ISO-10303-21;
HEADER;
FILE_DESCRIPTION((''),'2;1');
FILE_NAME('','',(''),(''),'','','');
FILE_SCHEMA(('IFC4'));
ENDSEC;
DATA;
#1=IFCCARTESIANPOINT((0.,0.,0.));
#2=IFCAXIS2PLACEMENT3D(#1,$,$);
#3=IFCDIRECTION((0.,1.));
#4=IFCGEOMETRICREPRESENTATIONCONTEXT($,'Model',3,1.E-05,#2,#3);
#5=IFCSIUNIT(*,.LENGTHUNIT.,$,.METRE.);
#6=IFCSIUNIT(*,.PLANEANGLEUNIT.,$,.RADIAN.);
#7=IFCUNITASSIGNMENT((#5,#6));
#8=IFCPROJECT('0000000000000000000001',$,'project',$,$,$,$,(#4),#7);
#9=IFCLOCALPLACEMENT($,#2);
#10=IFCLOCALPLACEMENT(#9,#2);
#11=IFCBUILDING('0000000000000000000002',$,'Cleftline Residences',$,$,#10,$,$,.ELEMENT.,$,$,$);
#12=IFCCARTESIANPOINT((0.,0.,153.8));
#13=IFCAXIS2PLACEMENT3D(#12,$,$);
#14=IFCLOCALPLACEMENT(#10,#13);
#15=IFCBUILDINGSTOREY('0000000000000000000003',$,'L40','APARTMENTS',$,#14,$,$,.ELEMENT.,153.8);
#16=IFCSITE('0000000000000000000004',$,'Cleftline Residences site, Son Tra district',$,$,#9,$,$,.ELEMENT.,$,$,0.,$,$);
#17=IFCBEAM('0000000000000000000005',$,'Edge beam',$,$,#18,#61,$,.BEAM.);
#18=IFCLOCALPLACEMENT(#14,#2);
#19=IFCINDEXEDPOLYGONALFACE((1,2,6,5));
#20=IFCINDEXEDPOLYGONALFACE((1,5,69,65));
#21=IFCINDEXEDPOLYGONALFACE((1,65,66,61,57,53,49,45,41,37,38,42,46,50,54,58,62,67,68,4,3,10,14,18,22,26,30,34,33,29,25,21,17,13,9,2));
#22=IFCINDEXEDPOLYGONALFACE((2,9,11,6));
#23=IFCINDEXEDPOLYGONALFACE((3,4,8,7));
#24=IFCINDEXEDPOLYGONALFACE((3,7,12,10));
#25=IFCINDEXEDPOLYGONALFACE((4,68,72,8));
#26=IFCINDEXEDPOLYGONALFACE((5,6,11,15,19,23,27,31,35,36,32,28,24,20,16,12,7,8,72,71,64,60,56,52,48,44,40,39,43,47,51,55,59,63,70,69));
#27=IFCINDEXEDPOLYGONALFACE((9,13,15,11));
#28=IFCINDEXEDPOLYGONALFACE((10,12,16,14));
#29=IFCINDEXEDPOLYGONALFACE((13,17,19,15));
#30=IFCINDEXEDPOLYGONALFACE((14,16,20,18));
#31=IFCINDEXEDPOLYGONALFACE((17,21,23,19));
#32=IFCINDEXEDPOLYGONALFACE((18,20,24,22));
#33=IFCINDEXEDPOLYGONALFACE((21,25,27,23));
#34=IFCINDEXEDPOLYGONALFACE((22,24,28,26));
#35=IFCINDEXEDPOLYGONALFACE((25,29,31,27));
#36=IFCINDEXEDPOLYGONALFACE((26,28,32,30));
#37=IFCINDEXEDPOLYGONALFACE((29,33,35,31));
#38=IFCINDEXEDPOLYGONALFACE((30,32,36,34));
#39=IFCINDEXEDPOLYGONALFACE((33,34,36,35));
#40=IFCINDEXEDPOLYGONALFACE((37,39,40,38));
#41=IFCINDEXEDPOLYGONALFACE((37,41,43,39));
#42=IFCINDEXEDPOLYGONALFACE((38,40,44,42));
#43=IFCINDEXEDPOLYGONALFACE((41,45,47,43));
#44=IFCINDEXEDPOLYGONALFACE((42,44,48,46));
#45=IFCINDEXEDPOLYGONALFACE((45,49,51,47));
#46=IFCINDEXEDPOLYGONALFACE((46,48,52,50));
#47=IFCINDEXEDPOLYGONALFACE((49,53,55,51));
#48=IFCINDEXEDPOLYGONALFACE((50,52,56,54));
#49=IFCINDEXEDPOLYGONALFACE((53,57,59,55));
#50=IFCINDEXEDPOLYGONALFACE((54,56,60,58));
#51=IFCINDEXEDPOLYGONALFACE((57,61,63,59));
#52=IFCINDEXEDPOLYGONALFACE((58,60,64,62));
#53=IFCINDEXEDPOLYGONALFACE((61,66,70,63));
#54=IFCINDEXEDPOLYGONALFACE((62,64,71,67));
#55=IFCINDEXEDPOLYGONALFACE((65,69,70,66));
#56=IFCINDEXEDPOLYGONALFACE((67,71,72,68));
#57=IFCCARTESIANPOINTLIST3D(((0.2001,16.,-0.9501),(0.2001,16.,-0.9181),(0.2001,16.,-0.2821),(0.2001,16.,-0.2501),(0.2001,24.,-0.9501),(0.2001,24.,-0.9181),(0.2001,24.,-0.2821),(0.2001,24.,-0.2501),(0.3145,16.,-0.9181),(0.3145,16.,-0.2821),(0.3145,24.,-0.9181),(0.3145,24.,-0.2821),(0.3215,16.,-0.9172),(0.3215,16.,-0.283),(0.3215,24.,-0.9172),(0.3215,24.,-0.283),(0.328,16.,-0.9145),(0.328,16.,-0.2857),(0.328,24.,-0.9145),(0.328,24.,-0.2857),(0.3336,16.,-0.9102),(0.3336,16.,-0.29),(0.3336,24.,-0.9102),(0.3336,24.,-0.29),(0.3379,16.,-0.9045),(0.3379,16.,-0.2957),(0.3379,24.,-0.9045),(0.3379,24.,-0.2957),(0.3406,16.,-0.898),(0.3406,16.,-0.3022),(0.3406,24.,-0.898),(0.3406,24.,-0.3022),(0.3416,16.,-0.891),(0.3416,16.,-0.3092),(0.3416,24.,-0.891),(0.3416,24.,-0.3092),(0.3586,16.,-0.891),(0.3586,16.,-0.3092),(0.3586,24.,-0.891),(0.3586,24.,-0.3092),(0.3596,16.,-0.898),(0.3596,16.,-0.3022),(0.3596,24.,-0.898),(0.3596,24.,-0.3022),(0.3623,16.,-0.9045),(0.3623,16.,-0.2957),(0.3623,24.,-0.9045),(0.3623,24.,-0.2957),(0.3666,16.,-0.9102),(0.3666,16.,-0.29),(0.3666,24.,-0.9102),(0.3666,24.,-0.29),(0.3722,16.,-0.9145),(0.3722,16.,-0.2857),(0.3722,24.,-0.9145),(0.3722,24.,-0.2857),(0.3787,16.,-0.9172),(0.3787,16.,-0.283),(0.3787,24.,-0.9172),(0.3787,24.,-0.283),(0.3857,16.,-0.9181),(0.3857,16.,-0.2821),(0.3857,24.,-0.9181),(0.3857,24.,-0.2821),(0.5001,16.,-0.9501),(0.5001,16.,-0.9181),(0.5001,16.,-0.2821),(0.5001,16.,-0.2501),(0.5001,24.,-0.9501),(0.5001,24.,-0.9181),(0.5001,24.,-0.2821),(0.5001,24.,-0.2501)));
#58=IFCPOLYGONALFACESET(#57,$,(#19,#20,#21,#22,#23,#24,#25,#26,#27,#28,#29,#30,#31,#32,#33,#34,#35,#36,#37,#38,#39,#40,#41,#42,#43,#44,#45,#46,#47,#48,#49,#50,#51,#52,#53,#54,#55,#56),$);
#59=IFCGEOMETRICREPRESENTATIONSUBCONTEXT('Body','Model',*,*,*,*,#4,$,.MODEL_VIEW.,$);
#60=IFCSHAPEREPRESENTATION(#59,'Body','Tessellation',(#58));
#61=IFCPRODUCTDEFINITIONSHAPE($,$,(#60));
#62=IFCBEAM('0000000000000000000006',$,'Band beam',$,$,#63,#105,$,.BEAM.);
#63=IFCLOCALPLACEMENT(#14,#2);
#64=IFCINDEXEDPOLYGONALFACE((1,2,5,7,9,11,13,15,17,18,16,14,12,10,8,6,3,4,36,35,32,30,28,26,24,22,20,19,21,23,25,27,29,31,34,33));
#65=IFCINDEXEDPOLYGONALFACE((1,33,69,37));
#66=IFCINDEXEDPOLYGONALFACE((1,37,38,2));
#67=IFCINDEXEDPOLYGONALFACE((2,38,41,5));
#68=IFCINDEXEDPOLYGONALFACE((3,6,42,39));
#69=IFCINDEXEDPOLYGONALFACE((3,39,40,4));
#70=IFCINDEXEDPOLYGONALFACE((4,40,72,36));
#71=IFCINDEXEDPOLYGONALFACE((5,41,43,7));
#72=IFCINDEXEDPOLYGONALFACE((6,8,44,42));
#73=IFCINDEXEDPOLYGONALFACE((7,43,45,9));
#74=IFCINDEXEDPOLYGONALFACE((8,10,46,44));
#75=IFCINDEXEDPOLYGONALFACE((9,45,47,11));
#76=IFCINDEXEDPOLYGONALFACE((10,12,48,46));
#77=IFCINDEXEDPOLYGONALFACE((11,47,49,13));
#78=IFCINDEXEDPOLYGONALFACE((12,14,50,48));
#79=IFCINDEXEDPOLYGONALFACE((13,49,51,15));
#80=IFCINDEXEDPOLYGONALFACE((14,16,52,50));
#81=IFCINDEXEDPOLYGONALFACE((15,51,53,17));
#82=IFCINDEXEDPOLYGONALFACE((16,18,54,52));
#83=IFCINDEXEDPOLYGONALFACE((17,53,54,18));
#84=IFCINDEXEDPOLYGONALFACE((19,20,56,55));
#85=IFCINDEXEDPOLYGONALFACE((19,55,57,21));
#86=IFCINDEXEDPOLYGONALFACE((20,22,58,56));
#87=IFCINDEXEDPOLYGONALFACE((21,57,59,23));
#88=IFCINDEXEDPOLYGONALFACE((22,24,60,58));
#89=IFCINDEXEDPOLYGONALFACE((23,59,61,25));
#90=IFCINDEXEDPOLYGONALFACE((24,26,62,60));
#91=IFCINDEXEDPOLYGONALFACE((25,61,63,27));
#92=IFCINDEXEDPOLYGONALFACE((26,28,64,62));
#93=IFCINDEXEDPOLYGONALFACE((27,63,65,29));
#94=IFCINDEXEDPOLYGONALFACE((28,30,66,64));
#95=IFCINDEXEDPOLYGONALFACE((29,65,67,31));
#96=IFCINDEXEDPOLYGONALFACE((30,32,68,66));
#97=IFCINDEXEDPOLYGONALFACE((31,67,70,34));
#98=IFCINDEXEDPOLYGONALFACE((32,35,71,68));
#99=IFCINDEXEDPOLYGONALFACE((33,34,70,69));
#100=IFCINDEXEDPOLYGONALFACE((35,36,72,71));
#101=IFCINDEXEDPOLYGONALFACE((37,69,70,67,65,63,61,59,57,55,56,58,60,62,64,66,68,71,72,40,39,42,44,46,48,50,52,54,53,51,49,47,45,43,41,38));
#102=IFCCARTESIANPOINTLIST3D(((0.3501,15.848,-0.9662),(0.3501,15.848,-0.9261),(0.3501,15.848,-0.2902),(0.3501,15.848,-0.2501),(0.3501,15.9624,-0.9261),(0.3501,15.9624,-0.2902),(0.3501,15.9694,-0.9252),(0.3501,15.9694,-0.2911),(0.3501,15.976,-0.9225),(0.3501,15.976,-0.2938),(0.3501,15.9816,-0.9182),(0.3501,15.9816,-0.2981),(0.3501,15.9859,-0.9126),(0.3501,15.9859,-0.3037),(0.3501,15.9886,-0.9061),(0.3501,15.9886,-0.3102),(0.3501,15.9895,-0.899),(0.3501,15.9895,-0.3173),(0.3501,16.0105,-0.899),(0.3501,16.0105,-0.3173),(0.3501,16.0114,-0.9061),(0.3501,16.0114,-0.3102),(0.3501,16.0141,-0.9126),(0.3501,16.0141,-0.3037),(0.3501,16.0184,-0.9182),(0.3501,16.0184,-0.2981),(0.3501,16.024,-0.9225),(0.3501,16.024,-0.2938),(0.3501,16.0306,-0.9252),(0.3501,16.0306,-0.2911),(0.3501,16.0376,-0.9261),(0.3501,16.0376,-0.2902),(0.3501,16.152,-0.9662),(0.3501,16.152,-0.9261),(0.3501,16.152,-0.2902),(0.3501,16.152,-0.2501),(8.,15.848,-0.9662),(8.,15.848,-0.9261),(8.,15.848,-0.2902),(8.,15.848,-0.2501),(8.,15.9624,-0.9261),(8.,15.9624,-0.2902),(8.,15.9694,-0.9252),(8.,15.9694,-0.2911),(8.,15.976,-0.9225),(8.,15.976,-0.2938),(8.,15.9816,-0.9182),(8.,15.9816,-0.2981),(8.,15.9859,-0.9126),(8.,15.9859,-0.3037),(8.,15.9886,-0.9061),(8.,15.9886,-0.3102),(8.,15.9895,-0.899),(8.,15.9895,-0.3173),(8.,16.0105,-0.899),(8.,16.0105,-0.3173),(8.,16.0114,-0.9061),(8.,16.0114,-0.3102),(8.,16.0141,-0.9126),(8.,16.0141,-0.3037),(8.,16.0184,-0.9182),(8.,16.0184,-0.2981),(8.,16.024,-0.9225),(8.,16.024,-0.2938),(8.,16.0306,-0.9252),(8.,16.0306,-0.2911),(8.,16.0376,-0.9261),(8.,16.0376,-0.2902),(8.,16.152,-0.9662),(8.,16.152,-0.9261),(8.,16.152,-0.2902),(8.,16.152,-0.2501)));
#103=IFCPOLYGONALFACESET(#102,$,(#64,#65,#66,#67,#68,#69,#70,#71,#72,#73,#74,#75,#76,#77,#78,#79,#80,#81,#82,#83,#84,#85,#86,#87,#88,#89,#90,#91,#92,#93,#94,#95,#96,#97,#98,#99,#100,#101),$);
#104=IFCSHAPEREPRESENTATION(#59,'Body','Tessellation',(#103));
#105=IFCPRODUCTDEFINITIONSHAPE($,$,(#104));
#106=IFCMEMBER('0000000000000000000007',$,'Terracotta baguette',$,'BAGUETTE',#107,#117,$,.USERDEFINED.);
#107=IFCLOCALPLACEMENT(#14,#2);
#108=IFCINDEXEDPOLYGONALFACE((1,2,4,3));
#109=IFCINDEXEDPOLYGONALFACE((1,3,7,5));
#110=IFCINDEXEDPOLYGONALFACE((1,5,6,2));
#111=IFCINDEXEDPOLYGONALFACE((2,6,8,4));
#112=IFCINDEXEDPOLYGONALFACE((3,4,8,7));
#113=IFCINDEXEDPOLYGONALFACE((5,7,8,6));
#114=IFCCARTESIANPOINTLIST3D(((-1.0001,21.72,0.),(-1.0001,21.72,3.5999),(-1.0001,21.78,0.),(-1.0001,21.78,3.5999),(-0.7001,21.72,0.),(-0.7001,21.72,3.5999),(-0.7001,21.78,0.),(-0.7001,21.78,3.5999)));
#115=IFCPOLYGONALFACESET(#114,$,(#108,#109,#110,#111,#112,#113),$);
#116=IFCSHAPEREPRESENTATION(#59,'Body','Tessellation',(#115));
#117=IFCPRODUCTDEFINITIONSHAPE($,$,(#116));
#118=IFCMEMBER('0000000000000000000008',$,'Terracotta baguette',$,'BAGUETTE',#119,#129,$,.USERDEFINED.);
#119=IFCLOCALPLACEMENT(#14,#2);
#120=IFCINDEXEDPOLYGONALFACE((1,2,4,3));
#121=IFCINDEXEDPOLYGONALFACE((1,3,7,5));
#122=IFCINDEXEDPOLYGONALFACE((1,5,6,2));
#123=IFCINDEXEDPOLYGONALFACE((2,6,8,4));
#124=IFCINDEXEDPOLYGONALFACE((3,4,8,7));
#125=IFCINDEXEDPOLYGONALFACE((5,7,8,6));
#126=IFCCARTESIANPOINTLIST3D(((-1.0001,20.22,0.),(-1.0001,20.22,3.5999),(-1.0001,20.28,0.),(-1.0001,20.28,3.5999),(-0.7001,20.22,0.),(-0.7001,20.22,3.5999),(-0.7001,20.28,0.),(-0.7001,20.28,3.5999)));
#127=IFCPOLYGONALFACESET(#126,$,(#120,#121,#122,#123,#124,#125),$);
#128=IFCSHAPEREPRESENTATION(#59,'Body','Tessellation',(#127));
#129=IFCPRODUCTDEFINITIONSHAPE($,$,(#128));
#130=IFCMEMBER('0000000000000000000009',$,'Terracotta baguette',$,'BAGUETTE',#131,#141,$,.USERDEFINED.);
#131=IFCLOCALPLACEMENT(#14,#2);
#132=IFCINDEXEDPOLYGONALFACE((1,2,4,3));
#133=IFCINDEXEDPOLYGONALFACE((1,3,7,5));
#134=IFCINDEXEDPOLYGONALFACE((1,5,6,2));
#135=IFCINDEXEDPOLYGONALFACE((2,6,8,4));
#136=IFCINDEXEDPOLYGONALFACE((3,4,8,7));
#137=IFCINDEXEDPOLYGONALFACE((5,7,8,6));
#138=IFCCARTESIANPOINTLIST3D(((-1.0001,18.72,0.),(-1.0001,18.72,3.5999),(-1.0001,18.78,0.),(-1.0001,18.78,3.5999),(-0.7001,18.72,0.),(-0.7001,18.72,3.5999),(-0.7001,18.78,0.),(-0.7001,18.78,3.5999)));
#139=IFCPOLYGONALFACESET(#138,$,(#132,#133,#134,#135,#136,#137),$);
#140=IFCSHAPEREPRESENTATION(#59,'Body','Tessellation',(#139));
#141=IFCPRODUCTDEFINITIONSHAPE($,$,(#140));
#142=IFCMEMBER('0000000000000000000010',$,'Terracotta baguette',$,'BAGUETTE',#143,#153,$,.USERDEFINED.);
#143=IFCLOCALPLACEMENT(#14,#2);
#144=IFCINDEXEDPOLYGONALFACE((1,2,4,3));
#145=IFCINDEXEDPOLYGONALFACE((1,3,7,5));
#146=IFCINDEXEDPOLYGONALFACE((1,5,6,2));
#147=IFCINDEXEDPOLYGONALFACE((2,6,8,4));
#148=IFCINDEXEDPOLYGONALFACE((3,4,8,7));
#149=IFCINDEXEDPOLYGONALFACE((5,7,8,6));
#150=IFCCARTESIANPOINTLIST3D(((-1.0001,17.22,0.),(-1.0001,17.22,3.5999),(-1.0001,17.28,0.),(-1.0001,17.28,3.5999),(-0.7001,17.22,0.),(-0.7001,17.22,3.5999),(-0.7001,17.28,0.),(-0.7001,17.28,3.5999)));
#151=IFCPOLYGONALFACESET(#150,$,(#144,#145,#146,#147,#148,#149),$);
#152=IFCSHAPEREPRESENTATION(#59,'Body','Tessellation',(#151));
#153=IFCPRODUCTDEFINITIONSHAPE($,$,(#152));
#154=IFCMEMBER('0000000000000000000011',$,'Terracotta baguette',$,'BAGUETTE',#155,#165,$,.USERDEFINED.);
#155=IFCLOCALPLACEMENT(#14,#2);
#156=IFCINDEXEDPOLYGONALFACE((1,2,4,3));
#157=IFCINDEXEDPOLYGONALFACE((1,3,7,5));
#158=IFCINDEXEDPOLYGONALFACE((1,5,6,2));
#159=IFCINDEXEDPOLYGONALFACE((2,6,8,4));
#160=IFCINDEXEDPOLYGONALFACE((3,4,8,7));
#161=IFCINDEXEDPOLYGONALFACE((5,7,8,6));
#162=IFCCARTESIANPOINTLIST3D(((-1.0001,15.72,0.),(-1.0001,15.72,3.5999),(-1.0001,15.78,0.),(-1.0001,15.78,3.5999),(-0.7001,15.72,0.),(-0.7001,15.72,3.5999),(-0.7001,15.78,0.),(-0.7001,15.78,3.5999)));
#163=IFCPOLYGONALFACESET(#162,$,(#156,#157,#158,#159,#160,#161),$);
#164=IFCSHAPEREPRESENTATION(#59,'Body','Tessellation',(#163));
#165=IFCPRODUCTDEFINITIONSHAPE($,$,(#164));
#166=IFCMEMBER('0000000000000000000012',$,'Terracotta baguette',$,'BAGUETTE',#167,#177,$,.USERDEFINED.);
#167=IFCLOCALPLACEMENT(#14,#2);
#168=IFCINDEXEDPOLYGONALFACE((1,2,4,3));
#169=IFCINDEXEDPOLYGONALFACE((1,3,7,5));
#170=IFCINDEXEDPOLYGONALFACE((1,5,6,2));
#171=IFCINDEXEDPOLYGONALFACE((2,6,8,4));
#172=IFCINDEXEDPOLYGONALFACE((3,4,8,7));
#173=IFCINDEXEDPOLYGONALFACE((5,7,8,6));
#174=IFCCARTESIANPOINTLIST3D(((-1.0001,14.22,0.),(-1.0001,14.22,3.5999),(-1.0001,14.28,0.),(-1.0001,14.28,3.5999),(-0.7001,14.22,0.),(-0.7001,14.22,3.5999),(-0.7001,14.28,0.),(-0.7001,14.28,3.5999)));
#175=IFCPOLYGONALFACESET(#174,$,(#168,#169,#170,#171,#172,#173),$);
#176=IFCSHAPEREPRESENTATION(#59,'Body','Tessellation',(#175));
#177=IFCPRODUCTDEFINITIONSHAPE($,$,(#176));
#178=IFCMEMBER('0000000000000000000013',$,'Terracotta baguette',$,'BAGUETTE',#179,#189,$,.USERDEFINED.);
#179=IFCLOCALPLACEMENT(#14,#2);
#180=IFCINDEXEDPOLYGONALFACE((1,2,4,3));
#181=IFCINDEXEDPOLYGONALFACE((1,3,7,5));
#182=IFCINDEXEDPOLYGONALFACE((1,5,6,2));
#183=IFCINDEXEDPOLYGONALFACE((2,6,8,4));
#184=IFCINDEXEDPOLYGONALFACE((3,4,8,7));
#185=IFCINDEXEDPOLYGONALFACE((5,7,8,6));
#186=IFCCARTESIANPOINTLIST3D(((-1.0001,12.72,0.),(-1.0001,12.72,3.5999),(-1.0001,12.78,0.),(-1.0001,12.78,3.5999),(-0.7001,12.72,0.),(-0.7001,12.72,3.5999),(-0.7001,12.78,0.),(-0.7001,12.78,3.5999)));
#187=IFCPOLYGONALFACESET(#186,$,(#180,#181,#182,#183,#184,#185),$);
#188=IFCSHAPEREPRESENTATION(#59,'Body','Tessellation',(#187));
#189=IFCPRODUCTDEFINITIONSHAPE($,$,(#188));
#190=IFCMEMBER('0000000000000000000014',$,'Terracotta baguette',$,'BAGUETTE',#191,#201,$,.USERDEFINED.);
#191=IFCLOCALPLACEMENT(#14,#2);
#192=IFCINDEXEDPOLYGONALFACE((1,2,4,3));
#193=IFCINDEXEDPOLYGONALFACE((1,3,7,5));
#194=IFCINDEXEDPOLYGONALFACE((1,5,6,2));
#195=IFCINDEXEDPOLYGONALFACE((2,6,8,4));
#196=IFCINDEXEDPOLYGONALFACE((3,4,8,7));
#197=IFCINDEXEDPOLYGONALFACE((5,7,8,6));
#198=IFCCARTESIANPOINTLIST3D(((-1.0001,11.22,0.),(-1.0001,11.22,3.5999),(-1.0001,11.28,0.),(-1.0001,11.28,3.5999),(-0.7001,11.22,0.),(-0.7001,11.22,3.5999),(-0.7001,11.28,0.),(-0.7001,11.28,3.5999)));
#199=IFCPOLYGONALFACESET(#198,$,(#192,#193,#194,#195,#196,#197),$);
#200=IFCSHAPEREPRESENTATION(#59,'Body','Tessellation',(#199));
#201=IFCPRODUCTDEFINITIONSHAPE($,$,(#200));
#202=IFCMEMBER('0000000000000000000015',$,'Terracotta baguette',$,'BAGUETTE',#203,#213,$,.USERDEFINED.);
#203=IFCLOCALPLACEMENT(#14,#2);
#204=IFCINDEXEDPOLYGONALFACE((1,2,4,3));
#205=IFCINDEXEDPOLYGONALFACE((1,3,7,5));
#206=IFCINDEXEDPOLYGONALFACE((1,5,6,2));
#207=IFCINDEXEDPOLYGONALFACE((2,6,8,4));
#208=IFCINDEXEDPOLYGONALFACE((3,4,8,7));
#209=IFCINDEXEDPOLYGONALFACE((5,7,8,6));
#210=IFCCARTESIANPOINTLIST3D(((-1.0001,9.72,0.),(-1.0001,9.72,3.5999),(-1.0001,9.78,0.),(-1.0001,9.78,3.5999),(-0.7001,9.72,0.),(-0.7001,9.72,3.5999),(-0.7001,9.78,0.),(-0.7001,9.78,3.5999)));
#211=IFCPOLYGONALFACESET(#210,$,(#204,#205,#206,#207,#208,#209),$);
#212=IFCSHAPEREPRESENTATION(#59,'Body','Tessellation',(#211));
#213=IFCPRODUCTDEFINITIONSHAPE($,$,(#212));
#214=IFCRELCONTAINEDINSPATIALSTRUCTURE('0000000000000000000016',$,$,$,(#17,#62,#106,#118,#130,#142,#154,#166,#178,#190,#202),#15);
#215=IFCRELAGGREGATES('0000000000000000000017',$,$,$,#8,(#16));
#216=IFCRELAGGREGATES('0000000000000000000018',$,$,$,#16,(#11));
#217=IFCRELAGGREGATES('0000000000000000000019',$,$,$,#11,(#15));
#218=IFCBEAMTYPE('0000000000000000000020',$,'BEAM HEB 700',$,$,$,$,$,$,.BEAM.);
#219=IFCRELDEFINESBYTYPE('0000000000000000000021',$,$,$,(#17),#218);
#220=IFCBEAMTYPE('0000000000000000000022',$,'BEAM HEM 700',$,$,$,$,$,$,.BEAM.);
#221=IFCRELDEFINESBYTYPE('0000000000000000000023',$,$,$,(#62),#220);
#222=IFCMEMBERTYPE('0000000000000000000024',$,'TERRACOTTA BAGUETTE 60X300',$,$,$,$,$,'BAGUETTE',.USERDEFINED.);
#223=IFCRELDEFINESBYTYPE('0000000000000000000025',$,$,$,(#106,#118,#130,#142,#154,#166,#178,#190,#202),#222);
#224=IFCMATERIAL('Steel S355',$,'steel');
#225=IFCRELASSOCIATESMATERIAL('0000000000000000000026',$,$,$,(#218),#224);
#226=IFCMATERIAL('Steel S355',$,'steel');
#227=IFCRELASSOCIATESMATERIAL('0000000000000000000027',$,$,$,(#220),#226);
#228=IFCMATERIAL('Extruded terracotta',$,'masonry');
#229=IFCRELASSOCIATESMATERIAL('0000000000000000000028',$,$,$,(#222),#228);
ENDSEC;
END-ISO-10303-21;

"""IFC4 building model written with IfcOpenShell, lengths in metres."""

from ifc_helpers import new_model, si_unit, direction, frame, origin, origin_2d, place, context, subcontext, project, spatial, rectangle, i_section, extrude, material, material_profile, profile_set, type_object, element, save


model = new_model("IFC4")

# Units and contexts
model_context = context("Model", 3, precision=1e-05, world=origin(), true_north=direction((0.0, 1.0)))
body_context = subcontext(model_context, "Body", "Model", "MODEL_VIEW")
ifc_project = project(units=[si_unit("LENGTHUNIT", "METRE"), si_unit("PLANEANGLEUNIT", "RADIAN")], contexts=[model_context])

# Site, building, storey
site_placement = place(None, origin())
site = spatial("IfcSite", under=ifc_project, at=site_placement, Name="Cleftline Residences site, Son Tra district", CompositionType="ELEMENT", RefElevation=0.0)
building_placement = place(site_placement, origin())
building = spatial("IfcBuilding", under=site, at=building_placement, Name="Cleftline Residences", CompositionType="ELEMENT")
storey_placement = place(building_placement, frame((0.0, 0.0, 153.8)))
storey = spatial("IfcBuildingStorey", under=building, at=storey_placement, Name="L40", Description="APARTMENTS", CompositionType="ELEMENT", Elevation=153.8)

# Beams
ifc_material_1 = material(Name="Steel S355", Category="steel")
ifc_material_profile_1 = material_profile(ifc_material_1, i_section(OverallWidth=0.3, OverallDepth=0.7, WebThickness=0.0171, FlangeThickness=0.032, FilletRadius=0.0271, at=origin_2d()))
ifc_profile_set_1 = profile_set([ifc_material_profile_1], Name="Steel S355")
beam_type_1 = type_object("IfcBeamType", Name="BEAM HEB 700", PredefinedType="BEAM", material=ifc_profile_set_1)
beam_1_placement = place(storey_placement, frame((0.3501, 16.0, -0.6001), z_axis=(0.0, 1.0, 0.0), x_axis=(-1.0, 0.0, 0.0)))
element("IfcBeam", 1, at=beam_1_placement, inside=storey, type_object=beam_type_1, Name="Edge beam", PredefinedType="BEAM", context=body_context, shape_type="SweptSolid", body=[
    extrude(i_section(OverallWidth=0.3, OverallDepth=0.7, WebThickness=0.0171, FlangeThickness=0.032, FilletRadius=0.0271, at=origin_2d()), origin(), (0.0, 0.0, 1.0), 8.0),
])
ifc_material_2 = material(Name="Steel S355", Category="steel")
ifc_material_profile_2 = material_profile(ifc_material_2, i_section(OverallWidth=0.304, OverallDepth=0.7161, WebThickness=0.021, FlangeThickness=0.04, FilletRadius=0.0271, at=origin_2d()))
ifc_profile_set_2 = profile_set([ifc_material_profile_2], Name="Steel S355")
beam_type_2 = type_object("IfcBeamType", Name="BEAM HEM 700", PredefinedType="BEAM", material=ifc_profile_set_2)
beam_2_placement = place(storey_placement, frame((0.3501, 16.0, -0.6082), z_axis=(1.0, 0.0, 0.0), x_axis=(0.0, 1.0, 0.0)))
element("IfcBeam", 2, at=beam_2_placement, inside=storey, type_object=beam_type_2, Name="Band beam", PredefinedType="BEAM", context=body_context, shape_type="SweptSolid", body=[
    extrude(i_section(OverallWidth=0.304, OverallDepth=0.7161, WebThickness=0.021, FlangeThickness=0.04, FilletRadius=0.0271, at=origin_2d()), origin(), (0.0, 0.0, 1.0), 7.6499),
])

# Members
ifc_material_3 = material(Name="Extruded terracotta", Category="masonry")
ifc_material_profile_3 = material_profile(ifc_material_3, rectangle(XDim=0.0601, YDim=0.3, at=origin_2d()))
ifc_profile_set_3 = profile_set([ifc_material_profile_3], Name="Extruded terracotta")
member_type_1 = type_object("IfcMemberType", Name="TERRACOTTA BAGUETTE 60X300", ElementType="BAGUETTE", PredefinedType="USERDEFINED", material=ifc_profile_set_3)
for number, where, z_axis, x_axis, name in (
    (3, (-0.8501, 21.75, 0.0), (0.0, 0.0, 1.0), (0.0, 1.0, 0.0), "Terracotta baguette"),
    (4, (-0.8501, 20.25, 0.0), (0.0, 0.0, 1.0), (0.0, 1.0, 0.0), "Terracotta baguette"),
    (5, (-0.8501, 18.75, 0.0), (0.0, 0.0, 1.0), (0.0, 1.0, 0.0), "Terracotta baguette"),
    (6, (-0.8501, 17.25, 0.0), (0.0, 0.0, 1.0), (0.0, 1.0, 0.0), "Terracotta baguette"),
    (7, (-0.8501, 15.75, 0.0), (0.0, 0.0, 1.0), (0.0, 1.0, 0.0), "Terracotta baguette"),
    (8, (-0.8501, 14.25, 0.0), (0.0, 0.0, 1.0), (0.0, 1.0, 0.0), "Terracotta baguette"),
    (9, (-0.8501, 12.75, 0.0), (0.0, 0.0, 1.0), (0.0, 1.0, 0.0), "Terracotta baguette"),
    (10, (-0.8501, 11.25, 0.0), (0.0, 0.0, 1.0), (0.0, 1.0, 0.0), "Terracotta baguette"),
    (11, (-0.8501, 9.75, 0.0), (0.0, 0.0, 1.0), (0.0, 1.0, 0.0), "Terracotta baguette"),
):
    element("IfcMember", number, at=place(storey_placement, frame(where, z_axis=z_axis, x_axis=x_axis)), inside=storey, type_object=member_type_1, Name=name, ObjectType="BAGUETTE", PredefinedType="USERDEFINED", context=body_context, shape_type="SweptSolid", body=[
        extrude(rectangle(XDim=0.0601, YDim=0.3, at=origin_2d()), origin(), (0.0, 0.0, 1.0), 3.5999),
    ])

save(model, "model.ifc")
